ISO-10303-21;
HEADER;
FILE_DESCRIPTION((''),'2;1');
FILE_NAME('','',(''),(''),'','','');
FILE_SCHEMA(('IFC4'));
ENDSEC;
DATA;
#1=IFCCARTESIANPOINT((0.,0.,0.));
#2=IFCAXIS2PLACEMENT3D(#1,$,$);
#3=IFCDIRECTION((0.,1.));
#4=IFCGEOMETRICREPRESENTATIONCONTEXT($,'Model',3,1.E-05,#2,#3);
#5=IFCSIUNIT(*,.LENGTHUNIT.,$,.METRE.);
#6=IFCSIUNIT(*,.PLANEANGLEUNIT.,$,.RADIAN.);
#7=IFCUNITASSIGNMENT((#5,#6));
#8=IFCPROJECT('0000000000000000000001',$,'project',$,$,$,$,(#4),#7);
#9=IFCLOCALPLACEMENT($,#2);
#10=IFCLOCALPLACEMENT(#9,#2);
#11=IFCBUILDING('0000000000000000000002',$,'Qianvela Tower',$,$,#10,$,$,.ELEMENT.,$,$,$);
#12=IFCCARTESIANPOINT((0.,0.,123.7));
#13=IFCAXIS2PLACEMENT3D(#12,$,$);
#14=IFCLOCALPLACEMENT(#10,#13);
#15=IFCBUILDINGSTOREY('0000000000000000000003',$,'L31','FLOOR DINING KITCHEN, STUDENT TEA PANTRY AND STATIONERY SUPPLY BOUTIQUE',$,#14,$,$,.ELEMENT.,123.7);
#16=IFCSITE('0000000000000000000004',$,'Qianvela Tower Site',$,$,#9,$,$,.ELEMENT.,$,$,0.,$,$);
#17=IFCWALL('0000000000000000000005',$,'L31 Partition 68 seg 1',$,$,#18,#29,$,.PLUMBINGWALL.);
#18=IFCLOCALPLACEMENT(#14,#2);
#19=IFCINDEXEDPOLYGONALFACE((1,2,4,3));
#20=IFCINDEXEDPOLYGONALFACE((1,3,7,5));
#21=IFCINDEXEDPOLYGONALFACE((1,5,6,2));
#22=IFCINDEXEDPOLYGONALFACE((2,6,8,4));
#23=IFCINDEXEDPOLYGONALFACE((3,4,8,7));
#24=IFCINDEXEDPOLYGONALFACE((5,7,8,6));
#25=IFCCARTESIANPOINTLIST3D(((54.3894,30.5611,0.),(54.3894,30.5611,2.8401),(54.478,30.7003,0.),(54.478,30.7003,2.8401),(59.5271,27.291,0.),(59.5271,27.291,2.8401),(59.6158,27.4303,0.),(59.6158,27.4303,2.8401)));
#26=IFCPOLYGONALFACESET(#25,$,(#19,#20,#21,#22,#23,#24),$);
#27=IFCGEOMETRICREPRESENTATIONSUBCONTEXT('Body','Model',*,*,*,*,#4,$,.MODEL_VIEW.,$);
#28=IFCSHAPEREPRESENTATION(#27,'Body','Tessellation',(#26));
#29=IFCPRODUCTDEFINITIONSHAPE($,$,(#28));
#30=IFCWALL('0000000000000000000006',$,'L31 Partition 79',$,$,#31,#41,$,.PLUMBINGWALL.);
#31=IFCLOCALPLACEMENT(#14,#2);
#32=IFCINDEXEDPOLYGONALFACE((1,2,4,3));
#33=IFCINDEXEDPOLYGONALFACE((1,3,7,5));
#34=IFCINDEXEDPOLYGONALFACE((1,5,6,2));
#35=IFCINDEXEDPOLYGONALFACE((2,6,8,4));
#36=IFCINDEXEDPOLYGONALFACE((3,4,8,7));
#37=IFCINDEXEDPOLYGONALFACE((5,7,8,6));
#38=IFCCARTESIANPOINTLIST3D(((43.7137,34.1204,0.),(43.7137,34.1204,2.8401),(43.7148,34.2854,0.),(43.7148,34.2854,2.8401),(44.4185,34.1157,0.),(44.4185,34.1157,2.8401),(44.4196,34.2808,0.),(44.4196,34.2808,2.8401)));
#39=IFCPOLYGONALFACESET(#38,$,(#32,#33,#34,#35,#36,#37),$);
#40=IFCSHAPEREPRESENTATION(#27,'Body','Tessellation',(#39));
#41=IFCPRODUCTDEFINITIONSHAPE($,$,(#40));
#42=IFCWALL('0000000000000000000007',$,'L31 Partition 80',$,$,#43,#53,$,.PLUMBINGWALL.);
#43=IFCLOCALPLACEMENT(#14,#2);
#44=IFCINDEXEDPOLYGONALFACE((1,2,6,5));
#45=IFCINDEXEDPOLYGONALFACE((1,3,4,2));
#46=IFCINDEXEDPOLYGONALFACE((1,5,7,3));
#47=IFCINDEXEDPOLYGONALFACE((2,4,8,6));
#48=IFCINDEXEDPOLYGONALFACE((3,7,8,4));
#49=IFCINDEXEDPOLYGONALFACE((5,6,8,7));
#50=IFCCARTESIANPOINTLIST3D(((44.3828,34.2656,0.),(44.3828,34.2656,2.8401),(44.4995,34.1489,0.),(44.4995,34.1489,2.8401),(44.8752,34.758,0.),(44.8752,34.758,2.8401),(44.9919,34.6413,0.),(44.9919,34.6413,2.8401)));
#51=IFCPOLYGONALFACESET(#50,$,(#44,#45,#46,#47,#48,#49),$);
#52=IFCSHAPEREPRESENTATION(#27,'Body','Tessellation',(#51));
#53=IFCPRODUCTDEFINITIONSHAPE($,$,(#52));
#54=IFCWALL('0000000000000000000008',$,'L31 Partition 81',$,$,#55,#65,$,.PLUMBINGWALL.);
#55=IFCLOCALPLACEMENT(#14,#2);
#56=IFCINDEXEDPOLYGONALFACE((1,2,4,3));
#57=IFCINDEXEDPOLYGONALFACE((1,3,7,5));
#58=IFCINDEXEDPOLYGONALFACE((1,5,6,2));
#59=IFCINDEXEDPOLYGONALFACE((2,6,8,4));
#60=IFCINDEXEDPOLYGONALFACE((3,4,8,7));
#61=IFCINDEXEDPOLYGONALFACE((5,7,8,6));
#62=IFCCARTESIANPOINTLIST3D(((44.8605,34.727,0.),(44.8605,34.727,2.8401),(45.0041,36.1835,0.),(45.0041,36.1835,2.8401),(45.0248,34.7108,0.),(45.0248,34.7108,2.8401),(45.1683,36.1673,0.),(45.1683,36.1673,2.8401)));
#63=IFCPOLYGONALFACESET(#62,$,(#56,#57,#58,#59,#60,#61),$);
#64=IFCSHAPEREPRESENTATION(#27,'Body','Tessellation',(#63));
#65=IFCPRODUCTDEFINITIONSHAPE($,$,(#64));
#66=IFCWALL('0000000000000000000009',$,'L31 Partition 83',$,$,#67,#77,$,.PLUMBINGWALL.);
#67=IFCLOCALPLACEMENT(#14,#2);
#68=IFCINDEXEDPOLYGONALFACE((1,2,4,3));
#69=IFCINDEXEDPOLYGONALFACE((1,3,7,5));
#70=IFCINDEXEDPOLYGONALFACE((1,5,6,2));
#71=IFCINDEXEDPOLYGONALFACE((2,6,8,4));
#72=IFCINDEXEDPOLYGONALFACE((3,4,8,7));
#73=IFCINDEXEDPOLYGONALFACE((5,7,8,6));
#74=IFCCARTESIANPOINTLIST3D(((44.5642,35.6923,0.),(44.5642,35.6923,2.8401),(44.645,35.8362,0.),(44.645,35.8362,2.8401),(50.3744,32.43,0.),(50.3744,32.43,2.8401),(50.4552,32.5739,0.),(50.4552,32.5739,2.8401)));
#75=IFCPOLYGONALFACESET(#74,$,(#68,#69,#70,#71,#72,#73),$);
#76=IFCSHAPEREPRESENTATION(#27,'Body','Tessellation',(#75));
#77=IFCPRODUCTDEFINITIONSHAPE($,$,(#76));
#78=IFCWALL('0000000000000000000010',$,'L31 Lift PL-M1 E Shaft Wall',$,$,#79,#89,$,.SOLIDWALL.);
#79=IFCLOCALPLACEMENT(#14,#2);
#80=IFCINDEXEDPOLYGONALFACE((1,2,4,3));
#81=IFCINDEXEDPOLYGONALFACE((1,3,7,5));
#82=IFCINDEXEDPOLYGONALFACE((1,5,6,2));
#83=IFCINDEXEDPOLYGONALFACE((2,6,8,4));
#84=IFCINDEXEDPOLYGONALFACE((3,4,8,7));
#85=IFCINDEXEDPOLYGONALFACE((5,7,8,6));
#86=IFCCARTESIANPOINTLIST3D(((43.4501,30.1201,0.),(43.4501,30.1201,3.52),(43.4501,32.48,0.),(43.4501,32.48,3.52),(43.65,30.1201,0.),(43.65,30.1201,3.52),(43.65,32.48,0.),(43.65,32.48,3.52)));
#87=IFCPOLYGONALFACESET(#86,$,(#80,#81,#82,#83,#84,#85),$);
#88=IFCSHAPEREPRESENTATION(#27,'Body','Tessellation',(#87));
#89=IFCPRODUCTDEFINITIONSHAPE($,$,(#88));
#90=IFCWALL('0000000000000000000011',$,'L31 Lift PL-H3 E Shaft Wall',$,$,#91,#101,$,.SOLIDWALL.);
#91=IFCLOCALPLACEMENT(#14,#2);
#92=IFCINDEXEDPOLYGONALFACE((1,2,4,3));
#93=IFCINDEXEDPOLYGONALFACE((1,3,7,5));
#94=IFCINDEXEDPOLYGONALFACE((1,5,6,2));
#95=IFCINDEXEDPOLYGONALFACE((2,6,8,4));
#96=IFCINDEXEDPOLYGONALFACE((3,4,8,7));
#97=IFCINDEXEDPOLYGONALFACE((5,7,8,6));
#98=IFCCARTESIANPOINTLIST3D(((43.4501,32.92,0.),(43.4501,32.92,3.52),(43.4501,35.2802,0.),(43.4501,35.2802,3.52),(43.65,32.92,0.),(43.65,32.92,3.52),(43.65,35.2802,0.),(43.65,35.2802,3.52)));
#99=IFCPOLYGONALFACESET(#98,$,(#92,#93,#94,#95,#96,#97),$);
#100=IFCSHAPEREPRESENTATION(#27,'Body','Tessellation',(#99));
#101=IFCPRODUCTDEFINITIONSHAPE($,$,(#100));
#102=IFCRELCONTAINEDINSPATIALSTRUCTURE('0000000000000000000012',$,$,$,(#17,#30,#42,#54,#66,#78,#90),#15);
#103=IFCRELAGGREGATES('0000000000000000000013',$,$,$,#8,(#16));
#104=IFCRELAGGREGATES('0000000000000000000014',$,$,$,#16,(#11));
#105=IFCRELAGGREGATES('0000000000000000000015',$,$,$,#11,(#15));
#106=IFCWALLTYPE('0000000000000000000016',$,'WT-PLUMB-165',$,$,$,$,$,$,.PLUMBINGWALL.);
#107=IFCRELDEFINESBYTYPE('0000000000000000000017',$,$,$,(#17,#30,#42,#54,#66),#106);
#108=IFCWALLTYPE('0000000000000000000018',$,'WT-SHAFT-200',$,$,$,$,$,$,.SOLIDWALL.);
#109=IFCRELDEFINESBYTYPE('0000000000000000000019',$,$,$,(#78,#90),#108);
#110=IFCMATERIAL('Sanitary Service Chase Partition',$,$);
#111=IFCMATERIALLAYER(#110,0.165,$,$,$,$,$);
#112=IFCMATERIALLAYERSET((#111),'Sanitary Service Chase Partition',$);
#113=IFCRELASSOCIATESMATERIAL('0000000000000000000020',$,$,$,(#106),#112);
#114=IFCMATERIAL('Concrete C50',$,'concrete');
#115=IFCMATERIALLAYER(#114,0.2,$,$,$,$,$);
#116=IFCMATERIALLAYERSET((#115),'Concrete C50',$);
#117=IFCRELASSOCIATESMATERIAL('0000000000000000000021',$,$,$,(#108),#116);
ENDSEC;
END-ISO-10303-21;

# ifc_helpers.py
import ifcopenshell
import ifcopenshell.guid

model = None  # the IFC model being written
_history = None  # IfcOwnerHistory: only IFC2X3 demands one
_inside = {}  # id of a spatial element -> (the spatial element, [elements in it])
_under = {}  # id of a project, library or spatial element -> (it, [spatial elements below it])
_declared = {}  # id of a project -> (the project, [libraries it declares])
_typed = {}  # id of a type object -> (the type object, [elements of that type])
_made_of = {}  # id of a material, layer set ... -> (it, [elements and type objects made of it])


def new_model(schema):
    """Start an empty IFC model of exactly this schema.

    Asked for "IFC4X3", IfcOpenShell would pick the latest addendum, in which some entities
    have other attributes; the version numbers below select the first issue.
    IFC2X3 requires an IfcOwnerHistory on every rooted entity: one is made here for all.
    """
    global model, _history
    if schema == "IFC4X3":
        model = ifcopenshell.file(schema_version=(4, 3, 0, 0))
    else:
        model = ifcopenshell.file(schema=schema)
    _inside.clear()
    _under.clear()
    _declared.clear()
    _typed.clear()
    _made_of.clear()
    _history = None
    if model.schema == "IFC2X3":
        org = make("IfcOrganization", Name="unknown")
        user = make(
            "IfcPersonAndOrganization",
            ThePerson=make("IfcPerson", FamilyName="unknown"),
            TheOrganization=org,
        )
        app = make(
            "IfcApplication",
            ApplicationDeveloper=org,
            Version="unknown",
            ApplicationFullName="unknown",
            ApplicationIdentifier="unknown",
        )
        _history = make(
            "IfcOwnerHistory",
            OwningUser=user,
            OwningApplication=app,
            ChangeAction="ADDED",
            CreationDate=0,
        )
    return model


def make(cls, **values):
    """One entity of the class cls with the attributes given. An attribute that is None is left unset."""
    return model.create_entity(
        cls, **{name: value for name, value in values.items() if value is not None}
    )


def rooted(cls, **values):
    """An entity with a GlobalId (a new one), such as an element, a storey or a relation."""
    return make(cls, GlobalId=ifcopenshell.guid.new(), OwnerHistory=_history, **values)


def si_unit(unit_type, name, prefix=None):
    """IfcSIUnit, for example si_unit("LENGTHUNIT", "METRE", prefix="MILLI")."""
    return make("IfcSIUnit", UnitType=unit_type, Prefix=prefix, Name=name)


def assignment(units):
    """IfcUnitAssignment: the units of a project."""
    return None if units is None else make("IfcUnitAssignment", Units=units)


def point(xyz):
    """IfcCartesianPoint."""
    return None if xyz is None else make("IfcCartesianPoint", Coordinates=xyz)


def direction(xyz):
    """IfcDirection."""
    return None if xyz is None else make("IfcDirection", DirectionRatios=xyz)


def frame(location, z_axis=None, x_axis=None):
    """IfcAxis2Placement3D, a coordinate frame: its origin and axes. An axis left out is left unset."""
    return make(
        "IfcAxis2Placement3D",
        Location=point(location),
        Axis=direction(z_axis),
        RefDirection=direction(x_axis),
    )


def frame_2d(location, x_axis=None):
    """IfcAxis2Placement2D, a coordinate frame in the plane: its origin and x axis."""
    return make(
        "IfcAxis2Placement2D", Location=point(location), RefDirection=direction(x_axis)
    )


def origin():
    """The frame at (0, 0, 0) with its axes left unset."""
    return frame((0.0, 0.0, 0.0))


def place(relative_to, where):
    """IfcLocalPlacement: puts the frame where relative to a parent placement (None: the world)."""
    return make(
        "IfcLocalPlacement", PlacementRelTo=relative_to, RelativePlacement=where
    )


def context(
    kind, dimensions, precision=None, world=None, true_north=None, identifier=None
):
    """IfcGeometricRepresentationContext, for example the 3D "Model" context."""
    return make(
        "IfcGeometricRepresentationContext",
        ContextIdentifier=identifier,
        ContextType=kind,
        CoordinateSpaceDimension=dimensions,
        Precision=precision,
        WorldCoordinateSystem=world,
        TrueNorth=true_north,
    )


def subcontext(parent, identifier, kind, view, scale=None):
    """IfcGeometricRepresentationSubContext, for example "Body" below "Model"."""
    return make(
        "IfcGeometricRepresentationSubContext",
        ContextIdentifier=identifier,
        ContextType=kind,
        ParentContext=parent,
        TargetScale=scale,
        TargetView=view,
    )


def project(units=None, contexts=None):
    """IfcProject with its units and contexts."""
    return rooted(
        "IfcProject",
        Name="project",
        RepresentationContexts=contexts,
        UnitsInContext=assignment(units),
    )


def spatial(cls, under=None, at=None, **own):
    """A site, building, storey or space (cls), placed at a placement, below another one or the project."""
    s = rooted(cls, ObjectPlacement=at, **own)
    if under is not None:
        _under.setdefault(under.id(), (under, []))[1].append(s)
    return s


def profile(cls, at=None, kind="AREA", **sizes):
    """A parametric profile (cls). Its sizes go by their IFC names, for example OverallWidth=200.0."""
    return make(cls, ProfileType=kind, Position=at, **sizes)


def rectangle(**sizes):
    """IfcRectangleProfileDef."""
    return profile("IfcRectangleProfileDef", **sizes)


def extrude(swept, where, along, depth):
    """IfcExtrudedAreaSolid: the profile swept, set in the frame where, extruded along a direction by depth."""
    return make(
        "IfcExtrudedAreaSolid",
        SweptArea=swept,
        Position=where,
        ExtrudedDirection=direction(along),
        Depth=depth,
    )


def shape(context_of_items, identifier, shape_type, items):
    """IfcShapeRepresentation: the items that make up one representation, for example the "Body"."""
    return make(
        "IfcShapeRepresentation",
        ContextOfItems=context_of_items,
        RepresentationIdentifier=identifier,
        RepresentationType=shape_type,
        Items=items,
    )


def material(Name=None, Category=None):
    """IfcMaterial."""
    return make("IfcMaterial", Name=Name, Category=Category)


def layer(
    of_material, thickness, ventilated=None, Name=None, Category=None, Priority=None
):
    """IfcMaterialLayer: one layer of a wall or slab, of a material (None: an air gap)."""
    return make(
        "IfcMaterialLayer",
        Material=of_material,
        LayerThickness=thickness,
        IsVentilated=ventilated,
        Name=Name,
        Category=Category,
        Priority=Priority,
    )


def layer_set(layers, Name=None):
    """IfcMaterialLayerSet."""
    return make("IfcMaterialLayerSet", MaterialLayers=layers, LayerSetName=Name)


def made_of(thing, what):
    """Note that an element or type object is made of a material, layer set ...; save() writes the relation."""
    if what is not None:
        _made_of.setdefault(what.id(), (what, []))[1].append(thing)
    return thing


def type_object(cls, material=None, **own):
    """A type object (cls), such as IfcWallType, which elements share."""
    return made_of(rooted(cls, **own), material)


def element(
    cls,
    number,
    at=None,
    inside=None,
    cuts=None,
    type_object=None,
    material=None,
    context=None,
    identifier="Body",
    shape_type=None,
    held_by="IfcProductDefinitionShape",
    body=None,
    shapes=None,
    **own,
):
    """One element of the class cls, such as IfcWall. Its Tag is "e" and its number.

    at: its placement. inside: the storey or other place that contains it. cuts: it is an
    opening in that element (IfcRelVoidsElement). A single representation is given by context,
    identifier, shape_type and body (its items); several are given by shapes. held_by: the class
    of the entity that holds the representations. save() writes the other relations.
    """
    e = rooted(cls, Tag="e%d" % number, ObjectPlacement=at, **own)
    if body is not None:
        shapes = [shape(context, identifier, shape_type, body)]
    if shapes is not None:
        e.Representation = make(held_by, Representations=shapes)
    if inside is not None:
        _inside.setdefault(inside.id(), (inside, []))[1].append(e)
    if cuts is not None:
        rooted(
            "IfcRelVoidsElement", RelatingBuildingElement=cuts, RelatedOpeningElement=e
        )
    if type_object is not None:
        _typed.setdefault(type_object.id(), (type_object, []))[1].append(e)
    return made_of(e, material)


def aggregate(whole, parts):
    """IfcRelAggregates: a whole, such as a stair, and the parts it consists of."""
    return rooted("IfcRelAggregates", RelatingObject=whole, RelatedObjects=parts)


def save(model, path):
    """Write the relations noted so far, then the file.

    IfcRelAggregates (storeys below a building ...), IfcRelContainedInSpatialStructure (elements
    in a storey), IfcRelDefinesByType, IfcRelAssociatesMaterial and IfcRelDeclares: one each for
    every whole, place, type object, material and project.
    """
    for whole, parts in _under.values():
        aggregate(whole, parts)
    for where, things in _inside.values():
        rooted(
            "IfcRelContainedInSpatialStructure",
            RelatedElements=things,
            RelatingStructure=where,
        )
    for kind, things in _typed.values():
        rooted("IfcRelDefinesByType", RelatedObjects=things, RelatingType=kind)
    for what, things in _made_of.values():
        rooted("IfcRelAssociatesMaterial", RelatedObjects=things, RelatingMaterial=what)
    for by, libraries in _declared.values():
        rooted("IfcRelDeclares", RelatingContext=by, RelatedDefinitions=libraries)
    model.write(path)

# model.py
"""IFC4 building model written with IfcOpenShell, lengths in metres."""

from ifc_helpers import new_model, si_unit, direction, frame, frame_2d, origin, place, context, subcontext, project, spatial, rectangle, extrude, material, layer, layer_set, type_object, element, save


model = new_model("IFC4")

# Units and contexts
model_context = context("Model", 3, precision=1e-05, world=origin(), true_north=direction((0.0, 1.0)))
body_context = subcontext(model_context, "Body", "Model", "MODEL_VIEW")
ifc_project = project(units=[si_unit("LENGTHUNIT", "METRE"), si_unit("PLANEANGLEUNIT", "RADIAN")], contexts=[model_context])

# Site, building, storey
site_placement = place(None, origin())
site = spatial("IfcSite", under=ifc_project, at=site_placement, Name="Qianvela Tower Site", CompositionType="ELEMENT", RefElevation=0.0)
building_placement = place(site_placement, origin())
building = spatial("IfcBuilding", under=site, at=building_placement, Name="Qianvela Tower", CompositionType="ELEMENT")
storey_placement = place(building_placement, frame((0.0, 0.0, 123.7)))
storey = spatial("IfcBuildingStorey", under=building, at=storey_placement, Name="L31", Description="FLOOR DINING KITCHEN, STUDENT TEA PANTRY AND STATIONERY SUPPLY BOUTIQUE", CompositionType="ELEMENT", Elevation=123.7)

# Shared definitions
ifc_material_1 = material(Name="Sanitary Service Chase Partition")
ifc_layer_1 = layer(ifc_material_1, 0.165)
ifc_layer_set_1 = layer_set([ifc_layer_1], Name="Sanitary Service Chase Partition")
wall_type_1 = type_object("IfcWallType", Name="WT-PLUMB-165", PredefinedType="PLUMBINGWALL", material=ifc_layer_set_1)

# Walls
wall_1_placement = place(storey_placement, frame((54.4338, 30.6306, 0.0), z_axis=(0.0, 0.0, 1.0), x_axis=(0.843619, -0.536943, 0.0)))
element("IfcWall", 1, at=wall_1_placement, inside=storey, type_object=wall_type_1, Name="L31 Partition 68 seg 1", PredefinedType="PLUMBINGWALL", context=body_context, shape_type="SweptSolid", body=[
    extrude(rectangle(XDim=6.0901, YDim=0.165, at=frame_2d((3.0449, 0.0))), origin(), (0.0, 0.0, 1.0), 2.8401),
])
wall_2_placement = place(storey_placement, frame((43.7141, 34.2029, 0.0), z_axis=(0.0, 0.0, 1.0), x_axis=(0.999978, -0.006581, 0.0)))
element("IfcWall", 2, at=wall_2_placement, inside=storey, type_object=wall_type_1, Name="L31 Partition 79", PredefinedType="PLUMBINGWALL", context=body_context, shape_type="SweptSolid", body=[
    extrude(rectangle(XDim=0.7048, YDim=0.165, at=frame_2d((0.3525, 0.0))), origin(), (0.0, 0.0, 1.0), 2.8401),
])
wall_3_placement = place(storey_placement, frame((44.4412, 34.2073, 0.0), z_axis=(0.0, 0.0, 1.0), x_axis=(0.707107, 0.707107, 0.0)))
element("IfcWall", 3, at=wall_3_placement, inside=storey, type_object=wall_type_1, Name="L31 Partition 80", PredefinedType="PLUMBINGWALL", context=body_context, shape_type="SweptSolid", body=[
    extrude(rectangle(XDim=0.6963, YDim=0.165, at=frame_2d((0.3481, 0.0))), origin(), (0.0, 0.0, 1.0), 2.8401),
])
wall_4_placement = place(storey_placement, frame((44.9426, 34.7188, 0.0), z_axis=(0.0, 0.0, 1.0), x_axis=(0.098083, 0.995178, 0.0)))
element("IfcWall", 4, at=wall_4_placement, inside=storey, type_object=wall_type_1, Name="L31 Partition 81", PredefinedType="PLUMBINGWALL", context=body_context, shape_type="SweptSolid", body=[
    extrude(rectangle(XDim=1.4636, YDim=0.165, at=frame_2d((0.7319, 0.0))), origin(), (0.0, 0.0, 1.0), 2.8401),
])
wall_5_placement = place(storey_placement, frame((44.6047, 35.7642, 0.0), z_axis=(0.0, 0.0, 1.0), x_axis=(0.871957, -0.489583, 0.0)))
element("IfcWall", 5, at=wall_5_placement, inside=storey, type_object=wall_type_1, Name="L31 Partition 83", PredefinedType="PLUMBINGWALL", context=body_context, shape_type="SweptSolid", body=[
    extrude(rectangle(XDim=6.6633, YDim=0.165, at=frame_2d((3.3315, 0.0))), origin(), (0.0, 0.0, 1.0), 2.8401),
])
ifc_material_2 = material(Name="Concrete C50", Category="concrete")
ifc_layer_2 = layer(ifc_material_2, 0.2)
ifc_layer_set_2 = layer_set([ifc_layer_2], Name="Concrete C50")
wall_type_2 = type_object("IfcWallType", Name="WT-SHAFT-200", PredefinedType="SOLIDWALL", material=ifc_layer_set_2)
wall_6_placement = place(storey_placement, frame((43.55, 30.1201, 0.0), z_axis=(0.0, 0.0, 1.0), x_axis=(0.0, 1.0, 0.0)))
element("IfcWall", 6, at=wall_6_placement, inside=storey, type_object=wall_type_2, Name="L31 Lift PL-M1 E Shaft Wall", PredefinedType="SOLIDWALL", context=body_context, shape_type="SweptSolid", body=[
    extrude(rectangle(XDim=2.3599, YDim=0.2, at=frame_2d((1.1799, 0.0))), origin(), (0.0, 0.0, 1.0), 3.52),
])
wall_7_placement = place(storey_placement, frame((43.55, 32.9199, 0.0), z_axis=(0.0, 0.0, 1.0), x_axis=(0.0, 1.0, 0.0)))
element("IfcWall", 7, at=wall_7_placement, inside=storey, type_object=wall_type_2, Name="L31 Lift PL-H3 E Shaft Wall", PredefinedType="SOLIDWALL", context=body_context, shape_type="SweptSolid", body=[
    extrude(rectangle(XDim=2.3601, YDim=0.2, at=frame_2d((1.1802, 0.0))), origin(), (0.0, 0.0, 1.0), 3.52),
])

save(model, "model.ifc")
